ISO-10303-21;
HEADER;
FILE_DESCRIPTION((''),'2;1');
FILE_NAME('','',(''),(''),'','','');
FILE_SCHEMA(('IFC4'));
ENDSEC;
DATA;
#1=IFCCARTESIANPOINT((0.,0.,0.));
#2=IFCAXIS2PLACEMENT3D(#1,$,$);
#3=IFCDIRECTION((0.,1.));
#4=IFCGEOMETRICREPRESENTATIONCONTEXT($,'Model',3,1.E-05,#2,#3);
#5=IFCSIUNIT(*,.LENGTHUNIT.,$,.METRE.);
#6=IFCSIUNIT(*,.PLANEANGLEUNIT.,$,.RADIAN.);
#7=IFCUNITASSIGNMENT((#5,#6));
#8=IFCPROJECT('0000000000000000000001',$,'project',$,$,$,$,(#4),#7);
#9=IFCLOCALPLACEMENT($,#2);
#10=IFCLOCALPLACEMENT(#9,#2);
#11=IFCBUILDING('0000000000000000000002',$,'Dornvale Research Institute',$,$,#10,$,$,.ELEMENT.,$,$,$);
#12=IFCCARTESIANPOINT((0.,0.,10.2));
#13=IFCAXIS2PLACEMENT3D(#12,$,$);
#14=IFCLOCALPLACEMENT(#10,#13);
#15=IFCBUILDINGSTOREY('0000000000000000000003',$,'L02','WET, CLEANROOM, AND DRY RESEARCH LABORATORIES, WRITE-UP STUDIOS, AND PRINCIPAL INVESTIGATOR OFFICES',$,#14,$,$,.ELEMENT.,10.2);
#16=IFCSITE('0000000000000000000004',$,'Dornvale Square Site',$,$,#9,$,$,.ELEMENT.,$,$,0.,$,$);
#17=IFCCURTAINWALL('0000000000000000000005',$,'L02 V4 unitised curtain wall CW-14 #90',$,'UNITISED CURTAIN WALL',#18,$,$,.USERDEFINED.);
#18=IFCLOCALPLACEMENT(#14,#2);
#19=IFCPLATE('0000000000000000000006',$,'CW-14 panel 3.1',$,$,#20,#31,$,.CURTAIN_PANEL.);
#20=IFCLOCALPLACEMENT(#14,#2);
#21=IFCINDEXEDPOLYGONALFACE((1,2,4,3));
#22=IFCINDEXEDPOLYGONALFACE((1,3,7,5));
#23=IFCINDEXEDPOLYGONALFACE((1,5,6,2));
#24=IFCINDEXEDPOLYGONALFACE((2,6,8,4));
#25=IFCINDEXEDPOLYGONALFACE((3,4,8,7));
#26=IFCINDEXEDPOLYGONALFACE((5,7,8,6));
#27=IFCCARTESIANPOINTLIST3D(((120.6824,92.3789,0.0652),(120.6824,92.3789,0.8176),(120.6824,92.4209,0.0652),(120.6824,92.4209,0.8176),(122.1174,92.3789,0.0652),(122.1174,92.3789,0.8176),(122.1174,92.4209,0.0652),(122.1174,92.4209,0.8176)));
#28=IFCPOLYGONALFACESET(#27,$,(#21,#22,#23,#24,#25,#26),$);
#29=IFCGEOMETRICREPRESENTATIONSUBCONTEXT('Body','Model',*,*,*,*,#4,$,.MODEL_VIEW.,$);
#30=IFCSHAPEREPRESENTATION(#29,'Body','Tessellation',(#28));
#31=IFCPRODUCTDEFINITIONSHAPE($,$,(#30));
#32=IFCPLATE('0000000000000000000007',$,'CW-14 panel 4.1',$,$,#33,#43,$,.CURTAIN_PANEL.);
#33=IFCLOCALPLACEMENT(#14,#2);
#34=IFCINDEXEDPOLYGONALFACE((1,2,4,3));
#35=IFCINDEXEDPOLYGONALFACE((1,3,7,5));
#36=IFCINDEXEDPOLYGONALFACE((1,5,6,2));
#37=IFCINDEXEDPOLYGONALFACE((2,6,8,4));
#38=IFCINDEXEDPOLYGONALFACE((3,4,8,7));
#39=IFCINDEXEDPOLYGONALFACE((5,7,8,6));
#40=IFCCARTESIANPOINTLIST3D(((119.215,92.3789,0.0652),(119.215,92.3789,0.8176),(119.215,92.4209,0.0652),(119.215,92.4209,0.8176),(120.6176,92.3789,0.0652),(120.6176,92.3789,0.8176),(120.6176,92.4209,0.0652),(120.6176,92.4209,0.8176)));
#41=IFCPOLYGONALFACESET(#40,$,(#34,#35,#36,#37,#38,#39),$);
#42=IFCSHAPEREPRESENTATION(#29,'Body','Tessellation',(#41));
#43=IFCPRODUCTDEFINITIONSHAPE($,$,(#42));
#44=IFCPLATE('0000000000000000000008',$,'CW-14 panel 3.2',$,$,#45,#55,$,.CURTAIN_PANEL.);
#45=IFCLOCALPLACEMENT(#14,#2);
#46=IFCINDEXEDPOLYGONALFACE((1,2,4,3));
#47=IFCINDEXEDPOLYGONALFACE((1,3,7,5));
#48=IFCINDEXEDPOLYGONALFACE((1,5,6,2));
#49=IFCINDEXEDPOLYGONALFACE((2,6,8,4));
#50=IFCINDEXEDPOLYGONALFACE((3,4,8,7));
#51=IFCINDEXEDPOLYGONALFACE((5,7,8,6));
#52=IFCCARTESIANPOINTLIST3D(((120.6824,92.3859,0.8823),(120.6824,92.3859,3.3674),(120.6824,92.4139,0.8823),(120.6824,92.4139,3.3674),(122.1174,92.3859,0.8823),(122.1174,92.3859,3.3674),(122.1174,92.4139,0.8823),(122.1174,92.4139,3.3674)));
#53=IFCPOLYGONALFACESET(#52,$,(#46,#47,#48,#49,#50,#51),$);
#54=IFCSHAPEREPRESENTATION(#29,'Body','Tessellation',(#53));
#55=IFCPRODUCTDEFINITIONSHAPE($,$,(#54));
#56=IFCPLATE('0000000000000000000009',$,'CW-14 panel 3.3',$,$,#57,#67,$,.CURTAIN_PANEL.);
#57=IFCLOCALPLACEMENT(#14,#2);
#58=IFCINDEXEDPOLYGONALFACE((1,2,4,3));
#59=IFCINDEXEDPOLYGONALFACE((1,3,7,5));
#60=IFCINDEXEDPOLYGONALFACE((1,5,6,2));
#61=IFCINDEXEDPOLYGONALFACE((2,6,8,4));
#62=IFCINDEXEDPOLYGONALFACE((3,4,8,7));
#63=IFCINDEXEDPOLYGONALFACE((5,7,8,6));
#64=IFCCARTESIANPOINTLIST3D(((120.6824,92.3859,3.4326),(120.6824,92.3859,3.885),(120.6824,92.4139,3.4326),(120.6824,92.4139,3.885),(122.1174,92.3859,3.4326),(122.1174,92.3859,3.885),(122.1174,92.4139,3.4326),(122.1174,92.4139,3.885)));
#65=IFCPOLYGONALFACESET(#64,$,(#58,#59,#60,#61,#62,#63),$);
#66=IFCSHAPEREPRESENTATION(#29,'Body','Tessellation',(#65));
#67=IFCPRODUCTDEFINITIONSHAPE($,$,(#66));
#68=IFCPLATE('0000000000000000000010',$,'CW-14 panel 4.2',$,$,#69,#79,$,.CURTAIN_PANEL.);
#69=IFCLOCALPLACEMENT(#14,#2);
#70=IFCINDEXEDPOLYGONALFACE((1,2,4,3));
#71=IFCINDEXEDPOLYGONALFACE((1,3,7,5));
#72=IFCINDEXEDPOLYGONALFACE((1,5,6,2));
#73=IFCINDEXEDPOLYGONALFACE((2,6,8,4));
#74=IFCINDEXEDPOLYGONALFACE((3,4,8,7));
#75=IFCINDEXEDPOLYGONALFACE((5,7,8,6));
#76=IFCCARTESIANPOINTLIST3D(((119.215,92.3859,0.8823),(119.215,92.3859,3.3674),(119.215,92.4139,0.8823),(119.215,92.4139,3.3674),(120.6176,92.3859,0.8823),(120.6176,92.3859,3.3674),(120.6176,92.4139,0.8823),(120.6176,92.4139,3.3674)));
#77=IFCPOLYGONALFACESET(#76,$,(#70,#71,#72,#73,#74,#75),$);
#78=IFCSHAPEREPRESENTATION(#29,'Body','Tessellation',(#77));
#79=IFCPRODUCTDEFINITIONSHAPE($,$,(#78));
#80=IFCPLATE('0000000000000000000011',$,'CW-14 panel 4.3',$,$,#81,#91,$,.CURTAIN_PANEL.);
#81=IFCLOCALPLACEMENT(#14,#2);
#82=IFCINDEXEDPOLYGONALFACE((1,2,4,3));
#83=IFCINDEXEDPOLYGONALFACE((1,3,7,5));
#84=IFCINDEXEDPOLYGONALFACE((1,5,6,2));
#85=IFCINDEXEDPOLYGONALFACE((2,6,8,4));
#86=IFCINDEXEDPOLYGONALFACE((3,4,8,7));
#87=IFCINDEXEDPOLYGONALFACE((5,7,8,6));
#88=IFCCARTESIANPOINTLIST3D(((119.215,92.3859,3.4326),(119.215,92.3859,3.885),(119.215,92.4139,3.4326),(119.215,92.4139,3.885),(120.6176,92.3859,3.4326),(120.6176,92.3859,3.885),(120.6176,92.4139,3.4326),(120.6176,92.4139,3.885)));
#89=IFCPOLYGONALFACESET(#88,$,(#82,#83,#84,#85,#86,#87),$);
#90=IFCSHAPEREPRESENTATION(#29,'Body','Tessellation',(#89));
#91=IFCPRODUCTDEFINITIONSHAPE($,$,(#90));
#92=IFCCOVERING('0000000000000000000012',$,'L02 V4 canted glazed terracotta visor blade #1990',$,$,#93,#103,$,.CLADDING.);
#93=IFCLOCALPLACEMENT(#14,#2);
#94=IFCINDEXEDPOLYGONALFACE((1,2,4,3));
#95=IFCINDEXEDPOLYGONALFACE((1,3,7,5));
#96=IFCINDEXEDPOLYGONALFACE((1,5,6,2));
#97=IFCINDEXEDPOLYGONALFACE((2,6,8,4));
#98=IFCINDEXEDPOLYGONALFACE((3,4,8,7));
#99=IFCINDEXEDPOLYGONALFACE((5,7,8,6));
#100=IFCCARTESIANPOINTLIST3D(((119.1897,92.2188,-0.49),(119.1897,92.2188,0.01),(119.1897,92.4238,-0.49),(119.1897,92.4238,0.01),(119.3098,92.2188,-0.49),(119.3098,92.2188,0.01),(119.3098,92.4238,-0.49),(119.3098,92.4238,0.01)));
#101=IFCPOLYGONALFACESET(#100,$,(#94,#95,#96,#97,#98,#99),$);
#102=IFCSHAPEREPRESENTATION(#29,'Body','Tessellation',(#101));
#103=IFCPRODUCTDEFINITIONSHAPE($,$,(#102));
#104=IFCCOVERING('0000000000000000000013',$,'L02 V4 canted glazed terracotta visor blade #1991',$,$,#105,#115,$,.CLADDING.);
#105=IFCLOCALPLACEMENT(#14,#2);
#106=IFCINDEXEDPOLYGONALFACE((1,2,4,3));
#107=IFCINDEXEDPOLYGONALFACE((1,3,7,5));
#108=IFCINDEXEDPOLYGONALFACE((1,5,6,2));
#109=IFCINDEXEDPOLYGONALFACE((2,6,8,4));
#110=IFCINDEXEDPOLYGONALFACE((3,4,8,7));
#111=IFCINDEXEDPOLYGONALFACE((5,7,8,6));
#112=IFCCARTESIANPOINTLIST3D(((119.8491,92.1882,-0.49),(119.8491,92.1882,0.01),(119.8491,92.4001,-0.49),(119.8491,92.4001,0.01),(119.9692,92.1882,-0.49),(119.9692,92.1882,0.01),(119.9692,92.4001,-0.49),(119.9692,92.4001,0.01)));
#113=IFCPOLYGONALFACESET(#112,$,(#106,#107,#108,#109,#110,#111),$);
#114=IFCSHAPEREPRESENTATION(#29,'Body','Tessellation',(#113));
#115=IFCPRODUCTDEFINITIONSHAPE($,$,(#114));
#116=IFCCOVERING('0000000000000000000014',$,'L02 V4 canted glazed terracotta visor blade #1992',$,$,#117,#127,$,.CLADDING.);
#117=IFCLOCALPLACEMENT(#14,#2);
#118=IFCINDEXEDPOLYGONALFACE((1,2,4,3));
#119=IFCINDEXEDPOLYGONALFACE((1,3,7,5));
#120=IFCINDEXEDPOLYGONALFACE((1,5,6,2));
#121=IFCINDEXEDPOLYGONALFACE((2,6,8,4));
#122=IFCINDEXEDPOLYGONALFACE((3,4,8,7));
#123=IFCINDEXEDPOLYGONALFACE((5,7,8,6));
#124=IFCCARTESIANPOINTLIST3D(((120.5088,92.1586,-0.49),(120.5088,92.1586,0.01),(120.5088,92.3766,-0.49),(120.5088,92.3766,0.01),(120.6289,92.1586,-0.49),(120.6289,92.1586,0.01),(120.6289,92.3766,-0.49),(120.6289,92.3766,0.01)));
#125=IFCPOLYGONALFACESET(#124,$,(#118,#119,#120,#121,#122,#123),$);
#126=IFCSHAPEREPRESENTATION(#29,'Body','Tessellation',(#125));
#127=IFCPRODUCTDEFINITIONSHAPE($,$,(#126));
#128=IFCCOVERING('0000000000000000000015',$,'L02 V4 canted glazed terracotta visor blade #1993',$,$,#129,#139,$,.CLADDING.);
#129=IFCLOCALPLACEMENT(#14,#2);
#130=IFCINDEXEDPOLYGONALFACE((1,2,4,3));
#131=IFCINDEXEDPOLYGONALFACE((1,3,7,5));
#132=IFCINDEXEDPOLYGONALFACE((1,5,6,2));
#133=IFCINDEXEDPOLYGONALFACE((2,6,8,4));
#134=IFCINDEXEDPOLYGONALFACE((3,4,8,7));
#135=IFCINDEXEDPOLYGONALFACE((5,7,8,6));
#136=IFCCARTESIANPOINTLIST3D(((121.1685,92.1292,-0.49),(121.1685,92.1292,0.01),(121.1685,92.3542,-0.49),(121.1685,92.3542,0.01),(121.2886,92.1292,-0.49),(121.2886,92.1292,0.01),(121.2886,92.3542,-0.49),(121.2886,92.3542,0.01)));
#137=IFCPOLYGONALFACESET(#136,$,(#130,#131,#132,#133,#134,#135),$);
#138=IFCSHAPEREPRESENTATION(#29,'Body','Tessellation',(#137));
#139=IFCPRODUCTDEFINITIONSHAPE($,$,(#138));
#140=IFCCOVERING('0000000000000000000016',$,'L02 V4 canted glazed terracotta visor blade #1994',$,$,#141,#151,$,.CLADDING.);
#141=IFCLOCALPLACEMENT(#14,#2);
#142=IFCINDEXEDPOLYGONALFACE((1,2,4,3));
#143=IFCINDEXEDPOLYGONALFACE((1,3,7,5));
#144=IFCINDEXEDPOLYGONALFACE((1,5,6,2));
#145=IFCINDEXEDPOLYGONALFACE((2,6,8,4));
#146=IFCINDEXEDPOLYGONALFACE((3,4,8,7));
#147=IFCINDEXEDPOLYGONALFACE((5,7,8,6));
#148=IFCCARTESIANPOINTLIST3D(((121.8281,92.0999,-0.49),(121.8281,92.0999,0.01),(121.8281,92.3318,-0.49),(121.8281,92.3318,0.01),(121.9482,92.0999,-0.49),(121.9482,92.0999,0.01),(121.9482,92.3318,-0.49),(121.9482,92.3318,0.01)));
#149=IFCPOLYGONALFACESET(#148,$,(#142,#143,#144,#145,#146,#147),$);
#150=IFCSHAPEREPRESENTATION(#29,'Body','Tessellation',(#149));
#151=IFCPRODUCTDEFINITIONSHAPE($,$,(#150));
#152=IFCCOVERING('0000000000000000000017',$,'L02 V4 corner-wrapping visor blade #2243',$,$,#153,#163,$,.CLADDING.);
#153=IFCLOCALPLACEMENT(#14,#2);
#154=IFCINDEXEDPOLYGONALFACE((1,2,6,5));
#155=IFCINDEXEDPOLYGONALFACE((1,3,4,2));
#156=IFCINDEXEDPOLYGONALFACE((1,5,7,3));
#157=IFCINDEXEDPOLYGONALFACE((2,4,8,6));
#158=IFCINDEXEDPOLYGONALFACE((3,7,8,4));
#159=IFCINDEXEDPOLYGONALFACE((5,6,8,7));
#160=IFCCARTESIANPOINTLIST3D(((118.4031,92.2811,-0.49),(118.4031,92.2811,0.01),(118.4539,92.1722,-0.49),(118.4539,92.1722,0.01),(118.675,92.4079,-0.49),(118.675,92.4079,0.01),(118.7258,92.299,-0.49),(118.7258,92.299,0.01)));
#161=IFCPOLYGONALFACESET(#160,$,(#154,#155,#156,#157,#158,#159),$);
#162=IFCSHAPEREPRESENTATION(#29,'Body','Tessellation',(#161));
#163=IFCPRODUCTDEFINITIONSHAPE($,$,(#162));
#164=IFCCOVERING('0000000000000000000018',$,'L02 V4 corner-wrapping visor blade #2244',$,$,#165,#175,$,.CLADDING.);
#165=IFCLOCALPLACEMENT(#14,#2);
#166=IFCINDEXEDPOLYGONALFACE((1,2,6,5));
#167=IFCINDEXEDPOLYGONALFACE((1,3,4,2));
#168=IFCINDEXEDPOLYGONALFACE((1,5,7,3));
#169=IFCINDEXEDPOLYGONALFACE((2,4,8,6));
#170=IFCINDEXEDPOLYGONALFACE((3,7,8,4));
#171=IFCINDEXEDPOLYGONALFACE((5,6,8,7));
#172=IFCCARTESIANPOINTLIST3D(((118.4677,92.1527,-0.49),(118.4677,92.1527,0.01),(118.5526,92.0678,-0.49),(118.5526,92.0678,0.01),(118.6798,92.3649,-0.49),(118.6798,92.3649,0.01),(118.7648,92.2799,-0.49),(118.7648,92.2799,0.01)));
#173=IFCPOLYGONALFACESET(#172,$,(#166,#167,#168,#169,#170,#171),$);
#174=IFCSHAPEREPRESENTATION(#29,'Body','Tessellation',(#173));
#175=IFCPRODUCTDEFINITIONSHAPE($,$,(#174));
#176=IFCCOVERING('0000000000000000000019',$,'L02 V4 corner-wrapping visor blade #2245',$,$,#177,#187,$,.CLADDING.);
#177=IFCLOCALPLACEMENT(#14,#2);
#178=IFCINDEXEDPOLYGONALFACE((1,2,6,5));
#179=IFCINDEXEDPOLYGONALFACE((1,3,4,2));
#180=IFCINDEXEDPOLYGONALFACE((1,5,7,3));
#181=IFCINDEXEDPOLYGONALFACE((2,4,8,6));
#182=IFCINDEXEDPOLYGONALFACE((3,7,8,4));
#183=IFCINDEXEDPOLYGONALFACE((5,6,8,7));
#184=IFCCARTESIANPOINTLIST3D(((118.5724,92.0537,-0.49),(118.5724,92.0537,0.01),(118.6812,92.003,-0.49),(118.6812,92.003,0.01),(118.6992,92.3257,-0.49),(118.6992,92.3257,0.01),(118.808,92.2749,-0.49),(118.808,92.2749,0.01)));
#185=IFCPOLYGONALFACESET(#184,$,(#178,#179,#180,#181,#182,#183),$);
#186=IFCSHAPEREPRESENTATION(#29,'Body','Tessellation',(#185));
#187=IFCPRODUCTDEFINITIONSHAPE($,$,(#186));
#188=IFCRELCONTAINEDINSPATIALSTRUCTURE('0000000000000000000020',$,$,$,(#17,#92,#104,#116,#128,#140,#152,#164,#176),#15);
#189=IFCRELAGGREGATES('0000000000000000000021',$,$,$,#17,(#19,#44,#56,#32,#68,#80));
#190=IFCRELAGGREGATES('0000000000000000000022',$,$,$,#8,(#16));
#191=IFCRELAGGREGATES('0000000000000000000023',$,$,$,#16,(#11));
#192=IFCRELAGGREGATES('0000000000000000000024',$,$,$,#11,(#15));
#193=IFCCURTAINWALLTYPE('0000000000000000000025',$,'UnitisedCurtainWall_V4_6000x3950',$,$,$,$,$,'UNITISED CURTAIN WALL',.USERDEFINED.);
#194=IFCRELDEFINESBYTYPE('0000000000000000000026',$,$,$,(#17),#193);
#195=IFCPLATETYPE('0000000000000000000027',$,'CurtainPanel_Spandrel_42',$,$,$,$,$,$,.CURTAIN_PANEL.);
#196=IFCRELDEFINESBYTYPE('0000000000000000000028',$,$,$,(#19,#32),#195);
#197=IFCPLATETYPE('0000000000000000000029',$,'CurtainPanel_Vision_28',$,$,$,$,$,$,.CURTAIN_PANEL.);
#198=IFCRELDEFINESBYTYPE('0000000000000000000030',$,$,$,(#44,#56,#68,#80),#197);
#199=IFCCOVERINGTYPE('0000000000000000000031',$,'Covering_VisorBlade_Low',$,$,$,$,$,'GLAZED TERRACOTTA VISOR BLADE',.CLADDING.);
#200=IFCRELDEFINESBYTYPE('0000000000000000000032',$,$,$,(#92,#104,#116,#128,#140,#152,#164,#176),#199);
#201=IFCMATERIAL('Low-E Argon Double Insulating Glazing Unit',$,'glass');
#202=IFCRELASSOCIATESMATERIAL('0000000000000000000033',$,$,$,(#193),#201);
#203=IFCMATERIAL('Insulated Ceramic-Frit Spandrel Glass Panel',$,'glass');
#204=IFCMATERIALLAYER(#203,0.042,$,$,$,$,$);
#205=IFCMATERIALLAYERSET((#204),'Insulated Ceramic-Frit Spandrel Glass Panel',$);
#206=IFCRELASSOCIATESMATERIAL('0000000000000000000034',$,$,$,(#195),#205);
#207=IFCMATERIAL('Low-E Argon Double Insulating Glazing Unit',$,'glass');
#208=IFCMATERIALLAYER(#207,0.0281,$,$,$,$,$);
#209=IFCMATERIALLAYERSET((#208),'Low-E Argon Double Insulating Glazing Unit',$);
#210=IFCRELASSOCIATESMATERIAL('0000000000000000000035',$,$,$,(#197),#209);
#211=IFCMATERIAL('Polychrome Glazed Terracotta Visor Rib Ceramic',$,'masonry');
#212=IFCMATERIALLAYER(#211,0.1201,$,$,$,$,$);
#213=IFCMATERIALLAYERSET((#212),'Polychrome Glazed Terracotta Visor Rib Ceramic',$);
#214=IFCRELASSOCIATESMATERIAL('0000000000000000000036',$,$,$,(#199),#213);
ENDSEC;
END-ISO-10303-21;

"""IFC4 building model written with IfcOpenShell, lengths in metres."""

from ifc_helpers import new_model, si_unit, direction, frame, origin, origin_2d, place, context, subcontext, project, spatial, rectangle, extrude, material, layer, layer_set, type_object, element, aggregate, save


model = new_model("IFC4")

# Units and contexts
model_context = context("Model", 3, precision=1e-05, world=origin(), true_north=direction((0.0, 1.0)))
body_context = subcontext(model_context, "Body", "Model", "MODEL_VIEW")
ifc_project = project(units=[si_unit("LENGTHUNIT", "METRE"), si_unit("PLANEANGLEUNIT", "RADIAN")], contexts=[model_context])

# Site, building, storey
site_placement = place(None, origin())
site = spatial("IfcSite", under=ifc_project, at=site_placement, Name="Dornvale Square Site", CompositionType="ELEMENT", RefElevation=0.0)
building_placement = place(site_placement, origin())
building = spatial("IfcBuilding", under=site, at=building_placement, Name="Dornvale Research Institute", CompositionType="ELEMENT")
storey_placement = place(building_placement, frame((0.0, 0.0, 10.2)))
storey = spatial("IfcBuildingStorey", under=building, at=storey_placement, Name="L02", Description="WET, CLEANROOM, AND DRY RESEARCH LABORATORIES, WRITE-UP STUDIOS, AND PRINCIPAL INVESTIGATOR OFFICES", CompositionType="ELEMENT", Elevation=10.2)

# Curtain wall
ifc_material_1 = material(Name="Low-E Argon Double Insulating Glazing Unit", Category="glass")
curtain_wall_type = type_object("IfcCurtainWallType", Name="UnitisedCurtainWall_V4_6000x3950", ElementType="UNITISED CURTAIN WALL", PredefinedType="USERDEFINED", material=ifc_material_1)
curtain_wall_placement = place(storey_placement, origin())
curtain_wall = element("IfcCurtainWall", 1, at=curtain_wall_placement, inside=storey, type_object=curtain_wall_type, Name="L02 V4 unitised curtain wall CW-14 #90", ObjectType="UNITISED CURTAIN WALL", PredefinedType="USERDEFINED")

# Plates
ifc_material_2 = material(Name="Insulated Ceramic-Frit Spandrel Glass Panel", Category="glass")
ifc_layer_1 = layer(ifc_material_2, 0.042)
ifc_layer_set_1 = layer_set([ifc_layer_1], Name="Insulated Ceramic-Frit Spandrel Glass Panel")
plate_type_1 = type_object("IfcPlateType", Name="CurtainPanel_Spandrel_42", PredefinedType="CURTAIN_PANEL", material=ifc_layer_set_1)
plate_1_placement = place(storey_placement, frame((121.3999, 92.3999, 0.0652), z_axis=(0.0, 0.0, 1.0), x_axis=(-1.0, 0.0, 0.0)))
plate_1 = element("IfcPlate", 2, at=plate_1_placement, type_object=plate_type_1, Name="CW-14 panel 3.1", PredefinedType="CURTAIN_PANEL", context=body_context, shape_type="SweptSolid", body=[
    extrude(rectangle(XDim=1.4351, YDim=0.042, at=origin_2d()), origin(), (0.0, 0.0, 1.0), 0.7524),
])
plate_2_placement = place(storey_placement, frame((119.9163, 92.3999, 0.0652), z_axis=(0.0, 0.0, 1.0), x_axis=(-1.0, 0.0, 0.0)))
plate_2 = element("IfcPlate", 3, at=plate_2_placement, type_object=plate_type_1, Name="CW-14 panel 4.1", PredefinedType="CURTAIN_PANEL", context=body_context, shape_type="SweptSolid", body=[
    extrude(rectangle(XDim=1.4026, YDim=0.042, at=origin_2d()), origin(), (0.0, 0.0, 1.0), 0.7524),
])
ifc_material_3 = material(Name="Low-E Argon Double Insulating Glazing Unit", Category="glass")
ifc_layer_2 = layer(ifc_material_3, 0.0281)
ifc_layer_set_2 = layer_set([ifc_layer_2], Name="Low-E Argon Double Insulating Glazing Unit")
plate_type_2 = type_object("IfcPlateType", Name="CurtainPanel_Vision_28", PredefinedType="CURTAIN_PANEL", material=ifc_layer_set_2)
plate_3_placement = place(storey_placement, frame((121.3999, 92.3999, 0.8823), z_axis=(0.0, 0.0, 1.0), x_axis=(-1.0, 0.0, 0.0)))
plate_3 = element("IfcPlate", 4, at=plate_3_placement, type_object=plate_type_2, Name="CW-14 panel 3.2", PredefinedType="CURTAIN_PANEL", context=body_context, shape_type="SweptSolid", body=[
    extrude(rectangle(XDim=1.4351, YDim=0.0281, at=origin_2d()), origin(), (0.0, 0.0, 1.0), 2.4851),
])
plate_4_placement = place(storey_placement, frame((121.3999, 92.3999, 3.4326), z_axis=(0.0, 0.0, 1.0), x_axis=(-1.0, 0.0, 0.0)))
plate_4 = element("IfcPlate", 5, at=plate_4_placement, type_object=plate_type_2, Name="CW-14 panel 3.3", PredefinedType="CURTAIN_PANEL", context=body_context, shape_type="SweptSolid", body=[
    extrude(rectangle(XDim=1.4351, YDim=0.0281, at=origin_2d()), origin(), (0.0, 0.0, 1.0), 0.4524),
])
plate_5_placement = place(storey_placement, frame((119.9163, 92.3999, 0.8823), z_axis=(0.0, 0.0, 1.0), x_axis=(-1.0, 0.0, 0.0)))
plate_5 = element("IfcPlate", 6, at=plate_5_placement, type_object=plate_type_2, Name="CW-14 panel 4.2", PredefinedType="CURTAIN_PANEL", context=body_context, shape_type="SweptSolid", body=[
    extrude(rectangle(XDim=1.4026, YDim=0.0281, at=origin_2d()), origin(), (0.0, 0.0, 1.0), 2.4851),
])
plate_6_placement = place(storey_placement, frame((119.9163, 92.3999, 3.4326), z_axis=(0.0, 0.0, 1.0), x_axis=(-1.0, 0.0, 0.0)))
plate_6 = element("IfcPlate", 7, at=plate_6_placement, type_object=plate_type_2, Name="CW-14 panel 4.3", PredefinedType="CURTAIN_PANEL", context=body_context, shape_type="SweptSolid", body=[
    extrude(rectangle(XDim=1.4026, YDim=0.0281, at=origin_2d()), origin(), (0.0, 0.0, 1.0), 0.4524),
])
aggregate(curtain_wall, [plate_1, plate_3, plate_4, plate_2, plate_5, plate_6])

# Coverings
ifc_material_4 = material(Name="Polychrome Glazed Terracotta Visor Rib Ceramic", Category="masonry")
ifc_layer_3 = layer(ifc_material_4, 0.1201)
ifc_layer_set_3 = layer_set([ifc_layer_3], Name="Polychrome Glazed Terracotta Visor Rib Ceramic")
covering_type = type_object("IfcCoveringType", Name="Covering_VisorBlade_Low", ElementType="GLAZED TERRACOTTA VISOR BLADE", PredefinedType="CLADDING", material=ifc_layer_set_3)
covering_1_placement = place(storey_placement, frame((119.2498, 92.3213, -0.49), z_axis=(0.0, 0.0, 1.0), x_axis=(0.0, 1.0, 0.0)))
element("IfcCovering", 8, at=covering_1_placement, inside=storey, type_object=covering_type, Name="L02 V4 canted glazed terracotta visor blade #1990", PredefinedType="CLADDING", context=body_context, shape_type="SweptSolid", body=[
    extrude(rectangle(XDim=0.2051, YDim=0.1201, at=origin_2d()), origin(), (0.0, 0.0, 1.0), 0.5),
])
covering_2_placement = place(storey_placement, frame((119.9092, 92.2942, -0.49), z_axis=(0.0, 0.0, 1.0), x_axis=(0.0, 1.0, 0.0)))
element("IfcCovering", 9, at=covering_2_placement, inside=storey, type_object=covering_type, Name="L02 V4 canted glazed terracotta visor blade #1991", PredefinedType="CLADDING", context=body_context, shape_type="SweptSolid", body=[
    extrude(rectangle(XDim=0.2119, YDim=0.1201, at=origin_2d()), origin(), (0.0, 0.0, 1.0), 0.5),
])
covering_3_placement = place(storey_placement, frame((120.5688, 92.2676, -0.49), z_axis=(0.0, 0.0, 1.0), x_axis=(0.0, 1.0, 0.0)))
element("IfcCovering", 10, at=covering_3_placement, inside=storey, type_object=covering_type, Name="L02 V4 canted glazed terracotta visor blade #1992", PredefinedType="CLADDING", context=body_context, shape_type="SweptSolid", body=[
    extrude(rectangle(XDim=0.218, YDim=0.1201, at=origin_2d()), origin(), (0.0, 0.0, 1.0), 0.5),
])
covering_4_placement = place(storey_placement, frame((121.2285, 92.2417, -0.49), z_axis=(0.0, 0.0, 1.0), x_axis=(0.0, 1.0, 0.0)))
element("IfcCovering", 11, at=covering_4_placement, inside=storey, type_object=covering_type, Name="L02 V4 canted glazed terracotta visor blade #1993", PredefinedType="CLADDING", context=body_context, shape_type="SweptSolid", body=[
    extrude(rectangle(XDim=0.2251, YDim=0.1201, at=origin_2d()), origin(), (0.0, 0.0, 1.0), 0.5),
])
covering_5_placement = place(storey_placement, frame((121.8882, 92.2158, -0.49), z_axis=(0.0, 0.0, 1.0), x_axis=(0.0, 1.0, 0.0)))
element("IfcCovering", 12, at=covering_5_placement, inside=storey, type_object=covering_type, Name="L02 V4 canted glazed terracotta visor blade #1994", PredefinedType="CLADDING", context=body_context, shape_type="SweptSolid", body=[
    extrude(rectangle(XDim=0.2319, YDim=0.1201, at=origin_2d()), origin(), (0.0, 0.0, 1.0), 0.5),
])
for number, where, z_axis, x_axis, name in (
    (13, (118.5645, 92.29, -0.49), (0.0, 0.0, 1.0), (-0.906308, -0.422618, 0.0), "L02 V4 corner-wrapping visor blade #2243"),
    (14, (118.6162, 92.2163, -0.49), (0.0, 0.0, 1.0), (-0.707107, -0.707107, 0.0), "L02 V4 corner-wrapping visor blade #2244"),
    (15, (118.6902, 92.1643, -0.49), (0.0, 0.0, 1.0), (-0.422618, -0.906308, 0.0), "L02 V4 corner-wrapping visor blade #2245"),
):
    element("IfcCovering", number, at=place(storey_placement, frame(where, z_axis=z_axis, x_axis=x_axis)), inside=storey, type_object=covering_type, Name=name, PredefinedType="CLADDING", context=body_context, shape_type="SweptSolid", body=[
        extrude(rectangle(XDim=0.3, YDim=0.1201, at=origin_2d()), origin(), (0.0, 0.0, 1.0), 0.5),
    ])

save(model, "model.ifc")
